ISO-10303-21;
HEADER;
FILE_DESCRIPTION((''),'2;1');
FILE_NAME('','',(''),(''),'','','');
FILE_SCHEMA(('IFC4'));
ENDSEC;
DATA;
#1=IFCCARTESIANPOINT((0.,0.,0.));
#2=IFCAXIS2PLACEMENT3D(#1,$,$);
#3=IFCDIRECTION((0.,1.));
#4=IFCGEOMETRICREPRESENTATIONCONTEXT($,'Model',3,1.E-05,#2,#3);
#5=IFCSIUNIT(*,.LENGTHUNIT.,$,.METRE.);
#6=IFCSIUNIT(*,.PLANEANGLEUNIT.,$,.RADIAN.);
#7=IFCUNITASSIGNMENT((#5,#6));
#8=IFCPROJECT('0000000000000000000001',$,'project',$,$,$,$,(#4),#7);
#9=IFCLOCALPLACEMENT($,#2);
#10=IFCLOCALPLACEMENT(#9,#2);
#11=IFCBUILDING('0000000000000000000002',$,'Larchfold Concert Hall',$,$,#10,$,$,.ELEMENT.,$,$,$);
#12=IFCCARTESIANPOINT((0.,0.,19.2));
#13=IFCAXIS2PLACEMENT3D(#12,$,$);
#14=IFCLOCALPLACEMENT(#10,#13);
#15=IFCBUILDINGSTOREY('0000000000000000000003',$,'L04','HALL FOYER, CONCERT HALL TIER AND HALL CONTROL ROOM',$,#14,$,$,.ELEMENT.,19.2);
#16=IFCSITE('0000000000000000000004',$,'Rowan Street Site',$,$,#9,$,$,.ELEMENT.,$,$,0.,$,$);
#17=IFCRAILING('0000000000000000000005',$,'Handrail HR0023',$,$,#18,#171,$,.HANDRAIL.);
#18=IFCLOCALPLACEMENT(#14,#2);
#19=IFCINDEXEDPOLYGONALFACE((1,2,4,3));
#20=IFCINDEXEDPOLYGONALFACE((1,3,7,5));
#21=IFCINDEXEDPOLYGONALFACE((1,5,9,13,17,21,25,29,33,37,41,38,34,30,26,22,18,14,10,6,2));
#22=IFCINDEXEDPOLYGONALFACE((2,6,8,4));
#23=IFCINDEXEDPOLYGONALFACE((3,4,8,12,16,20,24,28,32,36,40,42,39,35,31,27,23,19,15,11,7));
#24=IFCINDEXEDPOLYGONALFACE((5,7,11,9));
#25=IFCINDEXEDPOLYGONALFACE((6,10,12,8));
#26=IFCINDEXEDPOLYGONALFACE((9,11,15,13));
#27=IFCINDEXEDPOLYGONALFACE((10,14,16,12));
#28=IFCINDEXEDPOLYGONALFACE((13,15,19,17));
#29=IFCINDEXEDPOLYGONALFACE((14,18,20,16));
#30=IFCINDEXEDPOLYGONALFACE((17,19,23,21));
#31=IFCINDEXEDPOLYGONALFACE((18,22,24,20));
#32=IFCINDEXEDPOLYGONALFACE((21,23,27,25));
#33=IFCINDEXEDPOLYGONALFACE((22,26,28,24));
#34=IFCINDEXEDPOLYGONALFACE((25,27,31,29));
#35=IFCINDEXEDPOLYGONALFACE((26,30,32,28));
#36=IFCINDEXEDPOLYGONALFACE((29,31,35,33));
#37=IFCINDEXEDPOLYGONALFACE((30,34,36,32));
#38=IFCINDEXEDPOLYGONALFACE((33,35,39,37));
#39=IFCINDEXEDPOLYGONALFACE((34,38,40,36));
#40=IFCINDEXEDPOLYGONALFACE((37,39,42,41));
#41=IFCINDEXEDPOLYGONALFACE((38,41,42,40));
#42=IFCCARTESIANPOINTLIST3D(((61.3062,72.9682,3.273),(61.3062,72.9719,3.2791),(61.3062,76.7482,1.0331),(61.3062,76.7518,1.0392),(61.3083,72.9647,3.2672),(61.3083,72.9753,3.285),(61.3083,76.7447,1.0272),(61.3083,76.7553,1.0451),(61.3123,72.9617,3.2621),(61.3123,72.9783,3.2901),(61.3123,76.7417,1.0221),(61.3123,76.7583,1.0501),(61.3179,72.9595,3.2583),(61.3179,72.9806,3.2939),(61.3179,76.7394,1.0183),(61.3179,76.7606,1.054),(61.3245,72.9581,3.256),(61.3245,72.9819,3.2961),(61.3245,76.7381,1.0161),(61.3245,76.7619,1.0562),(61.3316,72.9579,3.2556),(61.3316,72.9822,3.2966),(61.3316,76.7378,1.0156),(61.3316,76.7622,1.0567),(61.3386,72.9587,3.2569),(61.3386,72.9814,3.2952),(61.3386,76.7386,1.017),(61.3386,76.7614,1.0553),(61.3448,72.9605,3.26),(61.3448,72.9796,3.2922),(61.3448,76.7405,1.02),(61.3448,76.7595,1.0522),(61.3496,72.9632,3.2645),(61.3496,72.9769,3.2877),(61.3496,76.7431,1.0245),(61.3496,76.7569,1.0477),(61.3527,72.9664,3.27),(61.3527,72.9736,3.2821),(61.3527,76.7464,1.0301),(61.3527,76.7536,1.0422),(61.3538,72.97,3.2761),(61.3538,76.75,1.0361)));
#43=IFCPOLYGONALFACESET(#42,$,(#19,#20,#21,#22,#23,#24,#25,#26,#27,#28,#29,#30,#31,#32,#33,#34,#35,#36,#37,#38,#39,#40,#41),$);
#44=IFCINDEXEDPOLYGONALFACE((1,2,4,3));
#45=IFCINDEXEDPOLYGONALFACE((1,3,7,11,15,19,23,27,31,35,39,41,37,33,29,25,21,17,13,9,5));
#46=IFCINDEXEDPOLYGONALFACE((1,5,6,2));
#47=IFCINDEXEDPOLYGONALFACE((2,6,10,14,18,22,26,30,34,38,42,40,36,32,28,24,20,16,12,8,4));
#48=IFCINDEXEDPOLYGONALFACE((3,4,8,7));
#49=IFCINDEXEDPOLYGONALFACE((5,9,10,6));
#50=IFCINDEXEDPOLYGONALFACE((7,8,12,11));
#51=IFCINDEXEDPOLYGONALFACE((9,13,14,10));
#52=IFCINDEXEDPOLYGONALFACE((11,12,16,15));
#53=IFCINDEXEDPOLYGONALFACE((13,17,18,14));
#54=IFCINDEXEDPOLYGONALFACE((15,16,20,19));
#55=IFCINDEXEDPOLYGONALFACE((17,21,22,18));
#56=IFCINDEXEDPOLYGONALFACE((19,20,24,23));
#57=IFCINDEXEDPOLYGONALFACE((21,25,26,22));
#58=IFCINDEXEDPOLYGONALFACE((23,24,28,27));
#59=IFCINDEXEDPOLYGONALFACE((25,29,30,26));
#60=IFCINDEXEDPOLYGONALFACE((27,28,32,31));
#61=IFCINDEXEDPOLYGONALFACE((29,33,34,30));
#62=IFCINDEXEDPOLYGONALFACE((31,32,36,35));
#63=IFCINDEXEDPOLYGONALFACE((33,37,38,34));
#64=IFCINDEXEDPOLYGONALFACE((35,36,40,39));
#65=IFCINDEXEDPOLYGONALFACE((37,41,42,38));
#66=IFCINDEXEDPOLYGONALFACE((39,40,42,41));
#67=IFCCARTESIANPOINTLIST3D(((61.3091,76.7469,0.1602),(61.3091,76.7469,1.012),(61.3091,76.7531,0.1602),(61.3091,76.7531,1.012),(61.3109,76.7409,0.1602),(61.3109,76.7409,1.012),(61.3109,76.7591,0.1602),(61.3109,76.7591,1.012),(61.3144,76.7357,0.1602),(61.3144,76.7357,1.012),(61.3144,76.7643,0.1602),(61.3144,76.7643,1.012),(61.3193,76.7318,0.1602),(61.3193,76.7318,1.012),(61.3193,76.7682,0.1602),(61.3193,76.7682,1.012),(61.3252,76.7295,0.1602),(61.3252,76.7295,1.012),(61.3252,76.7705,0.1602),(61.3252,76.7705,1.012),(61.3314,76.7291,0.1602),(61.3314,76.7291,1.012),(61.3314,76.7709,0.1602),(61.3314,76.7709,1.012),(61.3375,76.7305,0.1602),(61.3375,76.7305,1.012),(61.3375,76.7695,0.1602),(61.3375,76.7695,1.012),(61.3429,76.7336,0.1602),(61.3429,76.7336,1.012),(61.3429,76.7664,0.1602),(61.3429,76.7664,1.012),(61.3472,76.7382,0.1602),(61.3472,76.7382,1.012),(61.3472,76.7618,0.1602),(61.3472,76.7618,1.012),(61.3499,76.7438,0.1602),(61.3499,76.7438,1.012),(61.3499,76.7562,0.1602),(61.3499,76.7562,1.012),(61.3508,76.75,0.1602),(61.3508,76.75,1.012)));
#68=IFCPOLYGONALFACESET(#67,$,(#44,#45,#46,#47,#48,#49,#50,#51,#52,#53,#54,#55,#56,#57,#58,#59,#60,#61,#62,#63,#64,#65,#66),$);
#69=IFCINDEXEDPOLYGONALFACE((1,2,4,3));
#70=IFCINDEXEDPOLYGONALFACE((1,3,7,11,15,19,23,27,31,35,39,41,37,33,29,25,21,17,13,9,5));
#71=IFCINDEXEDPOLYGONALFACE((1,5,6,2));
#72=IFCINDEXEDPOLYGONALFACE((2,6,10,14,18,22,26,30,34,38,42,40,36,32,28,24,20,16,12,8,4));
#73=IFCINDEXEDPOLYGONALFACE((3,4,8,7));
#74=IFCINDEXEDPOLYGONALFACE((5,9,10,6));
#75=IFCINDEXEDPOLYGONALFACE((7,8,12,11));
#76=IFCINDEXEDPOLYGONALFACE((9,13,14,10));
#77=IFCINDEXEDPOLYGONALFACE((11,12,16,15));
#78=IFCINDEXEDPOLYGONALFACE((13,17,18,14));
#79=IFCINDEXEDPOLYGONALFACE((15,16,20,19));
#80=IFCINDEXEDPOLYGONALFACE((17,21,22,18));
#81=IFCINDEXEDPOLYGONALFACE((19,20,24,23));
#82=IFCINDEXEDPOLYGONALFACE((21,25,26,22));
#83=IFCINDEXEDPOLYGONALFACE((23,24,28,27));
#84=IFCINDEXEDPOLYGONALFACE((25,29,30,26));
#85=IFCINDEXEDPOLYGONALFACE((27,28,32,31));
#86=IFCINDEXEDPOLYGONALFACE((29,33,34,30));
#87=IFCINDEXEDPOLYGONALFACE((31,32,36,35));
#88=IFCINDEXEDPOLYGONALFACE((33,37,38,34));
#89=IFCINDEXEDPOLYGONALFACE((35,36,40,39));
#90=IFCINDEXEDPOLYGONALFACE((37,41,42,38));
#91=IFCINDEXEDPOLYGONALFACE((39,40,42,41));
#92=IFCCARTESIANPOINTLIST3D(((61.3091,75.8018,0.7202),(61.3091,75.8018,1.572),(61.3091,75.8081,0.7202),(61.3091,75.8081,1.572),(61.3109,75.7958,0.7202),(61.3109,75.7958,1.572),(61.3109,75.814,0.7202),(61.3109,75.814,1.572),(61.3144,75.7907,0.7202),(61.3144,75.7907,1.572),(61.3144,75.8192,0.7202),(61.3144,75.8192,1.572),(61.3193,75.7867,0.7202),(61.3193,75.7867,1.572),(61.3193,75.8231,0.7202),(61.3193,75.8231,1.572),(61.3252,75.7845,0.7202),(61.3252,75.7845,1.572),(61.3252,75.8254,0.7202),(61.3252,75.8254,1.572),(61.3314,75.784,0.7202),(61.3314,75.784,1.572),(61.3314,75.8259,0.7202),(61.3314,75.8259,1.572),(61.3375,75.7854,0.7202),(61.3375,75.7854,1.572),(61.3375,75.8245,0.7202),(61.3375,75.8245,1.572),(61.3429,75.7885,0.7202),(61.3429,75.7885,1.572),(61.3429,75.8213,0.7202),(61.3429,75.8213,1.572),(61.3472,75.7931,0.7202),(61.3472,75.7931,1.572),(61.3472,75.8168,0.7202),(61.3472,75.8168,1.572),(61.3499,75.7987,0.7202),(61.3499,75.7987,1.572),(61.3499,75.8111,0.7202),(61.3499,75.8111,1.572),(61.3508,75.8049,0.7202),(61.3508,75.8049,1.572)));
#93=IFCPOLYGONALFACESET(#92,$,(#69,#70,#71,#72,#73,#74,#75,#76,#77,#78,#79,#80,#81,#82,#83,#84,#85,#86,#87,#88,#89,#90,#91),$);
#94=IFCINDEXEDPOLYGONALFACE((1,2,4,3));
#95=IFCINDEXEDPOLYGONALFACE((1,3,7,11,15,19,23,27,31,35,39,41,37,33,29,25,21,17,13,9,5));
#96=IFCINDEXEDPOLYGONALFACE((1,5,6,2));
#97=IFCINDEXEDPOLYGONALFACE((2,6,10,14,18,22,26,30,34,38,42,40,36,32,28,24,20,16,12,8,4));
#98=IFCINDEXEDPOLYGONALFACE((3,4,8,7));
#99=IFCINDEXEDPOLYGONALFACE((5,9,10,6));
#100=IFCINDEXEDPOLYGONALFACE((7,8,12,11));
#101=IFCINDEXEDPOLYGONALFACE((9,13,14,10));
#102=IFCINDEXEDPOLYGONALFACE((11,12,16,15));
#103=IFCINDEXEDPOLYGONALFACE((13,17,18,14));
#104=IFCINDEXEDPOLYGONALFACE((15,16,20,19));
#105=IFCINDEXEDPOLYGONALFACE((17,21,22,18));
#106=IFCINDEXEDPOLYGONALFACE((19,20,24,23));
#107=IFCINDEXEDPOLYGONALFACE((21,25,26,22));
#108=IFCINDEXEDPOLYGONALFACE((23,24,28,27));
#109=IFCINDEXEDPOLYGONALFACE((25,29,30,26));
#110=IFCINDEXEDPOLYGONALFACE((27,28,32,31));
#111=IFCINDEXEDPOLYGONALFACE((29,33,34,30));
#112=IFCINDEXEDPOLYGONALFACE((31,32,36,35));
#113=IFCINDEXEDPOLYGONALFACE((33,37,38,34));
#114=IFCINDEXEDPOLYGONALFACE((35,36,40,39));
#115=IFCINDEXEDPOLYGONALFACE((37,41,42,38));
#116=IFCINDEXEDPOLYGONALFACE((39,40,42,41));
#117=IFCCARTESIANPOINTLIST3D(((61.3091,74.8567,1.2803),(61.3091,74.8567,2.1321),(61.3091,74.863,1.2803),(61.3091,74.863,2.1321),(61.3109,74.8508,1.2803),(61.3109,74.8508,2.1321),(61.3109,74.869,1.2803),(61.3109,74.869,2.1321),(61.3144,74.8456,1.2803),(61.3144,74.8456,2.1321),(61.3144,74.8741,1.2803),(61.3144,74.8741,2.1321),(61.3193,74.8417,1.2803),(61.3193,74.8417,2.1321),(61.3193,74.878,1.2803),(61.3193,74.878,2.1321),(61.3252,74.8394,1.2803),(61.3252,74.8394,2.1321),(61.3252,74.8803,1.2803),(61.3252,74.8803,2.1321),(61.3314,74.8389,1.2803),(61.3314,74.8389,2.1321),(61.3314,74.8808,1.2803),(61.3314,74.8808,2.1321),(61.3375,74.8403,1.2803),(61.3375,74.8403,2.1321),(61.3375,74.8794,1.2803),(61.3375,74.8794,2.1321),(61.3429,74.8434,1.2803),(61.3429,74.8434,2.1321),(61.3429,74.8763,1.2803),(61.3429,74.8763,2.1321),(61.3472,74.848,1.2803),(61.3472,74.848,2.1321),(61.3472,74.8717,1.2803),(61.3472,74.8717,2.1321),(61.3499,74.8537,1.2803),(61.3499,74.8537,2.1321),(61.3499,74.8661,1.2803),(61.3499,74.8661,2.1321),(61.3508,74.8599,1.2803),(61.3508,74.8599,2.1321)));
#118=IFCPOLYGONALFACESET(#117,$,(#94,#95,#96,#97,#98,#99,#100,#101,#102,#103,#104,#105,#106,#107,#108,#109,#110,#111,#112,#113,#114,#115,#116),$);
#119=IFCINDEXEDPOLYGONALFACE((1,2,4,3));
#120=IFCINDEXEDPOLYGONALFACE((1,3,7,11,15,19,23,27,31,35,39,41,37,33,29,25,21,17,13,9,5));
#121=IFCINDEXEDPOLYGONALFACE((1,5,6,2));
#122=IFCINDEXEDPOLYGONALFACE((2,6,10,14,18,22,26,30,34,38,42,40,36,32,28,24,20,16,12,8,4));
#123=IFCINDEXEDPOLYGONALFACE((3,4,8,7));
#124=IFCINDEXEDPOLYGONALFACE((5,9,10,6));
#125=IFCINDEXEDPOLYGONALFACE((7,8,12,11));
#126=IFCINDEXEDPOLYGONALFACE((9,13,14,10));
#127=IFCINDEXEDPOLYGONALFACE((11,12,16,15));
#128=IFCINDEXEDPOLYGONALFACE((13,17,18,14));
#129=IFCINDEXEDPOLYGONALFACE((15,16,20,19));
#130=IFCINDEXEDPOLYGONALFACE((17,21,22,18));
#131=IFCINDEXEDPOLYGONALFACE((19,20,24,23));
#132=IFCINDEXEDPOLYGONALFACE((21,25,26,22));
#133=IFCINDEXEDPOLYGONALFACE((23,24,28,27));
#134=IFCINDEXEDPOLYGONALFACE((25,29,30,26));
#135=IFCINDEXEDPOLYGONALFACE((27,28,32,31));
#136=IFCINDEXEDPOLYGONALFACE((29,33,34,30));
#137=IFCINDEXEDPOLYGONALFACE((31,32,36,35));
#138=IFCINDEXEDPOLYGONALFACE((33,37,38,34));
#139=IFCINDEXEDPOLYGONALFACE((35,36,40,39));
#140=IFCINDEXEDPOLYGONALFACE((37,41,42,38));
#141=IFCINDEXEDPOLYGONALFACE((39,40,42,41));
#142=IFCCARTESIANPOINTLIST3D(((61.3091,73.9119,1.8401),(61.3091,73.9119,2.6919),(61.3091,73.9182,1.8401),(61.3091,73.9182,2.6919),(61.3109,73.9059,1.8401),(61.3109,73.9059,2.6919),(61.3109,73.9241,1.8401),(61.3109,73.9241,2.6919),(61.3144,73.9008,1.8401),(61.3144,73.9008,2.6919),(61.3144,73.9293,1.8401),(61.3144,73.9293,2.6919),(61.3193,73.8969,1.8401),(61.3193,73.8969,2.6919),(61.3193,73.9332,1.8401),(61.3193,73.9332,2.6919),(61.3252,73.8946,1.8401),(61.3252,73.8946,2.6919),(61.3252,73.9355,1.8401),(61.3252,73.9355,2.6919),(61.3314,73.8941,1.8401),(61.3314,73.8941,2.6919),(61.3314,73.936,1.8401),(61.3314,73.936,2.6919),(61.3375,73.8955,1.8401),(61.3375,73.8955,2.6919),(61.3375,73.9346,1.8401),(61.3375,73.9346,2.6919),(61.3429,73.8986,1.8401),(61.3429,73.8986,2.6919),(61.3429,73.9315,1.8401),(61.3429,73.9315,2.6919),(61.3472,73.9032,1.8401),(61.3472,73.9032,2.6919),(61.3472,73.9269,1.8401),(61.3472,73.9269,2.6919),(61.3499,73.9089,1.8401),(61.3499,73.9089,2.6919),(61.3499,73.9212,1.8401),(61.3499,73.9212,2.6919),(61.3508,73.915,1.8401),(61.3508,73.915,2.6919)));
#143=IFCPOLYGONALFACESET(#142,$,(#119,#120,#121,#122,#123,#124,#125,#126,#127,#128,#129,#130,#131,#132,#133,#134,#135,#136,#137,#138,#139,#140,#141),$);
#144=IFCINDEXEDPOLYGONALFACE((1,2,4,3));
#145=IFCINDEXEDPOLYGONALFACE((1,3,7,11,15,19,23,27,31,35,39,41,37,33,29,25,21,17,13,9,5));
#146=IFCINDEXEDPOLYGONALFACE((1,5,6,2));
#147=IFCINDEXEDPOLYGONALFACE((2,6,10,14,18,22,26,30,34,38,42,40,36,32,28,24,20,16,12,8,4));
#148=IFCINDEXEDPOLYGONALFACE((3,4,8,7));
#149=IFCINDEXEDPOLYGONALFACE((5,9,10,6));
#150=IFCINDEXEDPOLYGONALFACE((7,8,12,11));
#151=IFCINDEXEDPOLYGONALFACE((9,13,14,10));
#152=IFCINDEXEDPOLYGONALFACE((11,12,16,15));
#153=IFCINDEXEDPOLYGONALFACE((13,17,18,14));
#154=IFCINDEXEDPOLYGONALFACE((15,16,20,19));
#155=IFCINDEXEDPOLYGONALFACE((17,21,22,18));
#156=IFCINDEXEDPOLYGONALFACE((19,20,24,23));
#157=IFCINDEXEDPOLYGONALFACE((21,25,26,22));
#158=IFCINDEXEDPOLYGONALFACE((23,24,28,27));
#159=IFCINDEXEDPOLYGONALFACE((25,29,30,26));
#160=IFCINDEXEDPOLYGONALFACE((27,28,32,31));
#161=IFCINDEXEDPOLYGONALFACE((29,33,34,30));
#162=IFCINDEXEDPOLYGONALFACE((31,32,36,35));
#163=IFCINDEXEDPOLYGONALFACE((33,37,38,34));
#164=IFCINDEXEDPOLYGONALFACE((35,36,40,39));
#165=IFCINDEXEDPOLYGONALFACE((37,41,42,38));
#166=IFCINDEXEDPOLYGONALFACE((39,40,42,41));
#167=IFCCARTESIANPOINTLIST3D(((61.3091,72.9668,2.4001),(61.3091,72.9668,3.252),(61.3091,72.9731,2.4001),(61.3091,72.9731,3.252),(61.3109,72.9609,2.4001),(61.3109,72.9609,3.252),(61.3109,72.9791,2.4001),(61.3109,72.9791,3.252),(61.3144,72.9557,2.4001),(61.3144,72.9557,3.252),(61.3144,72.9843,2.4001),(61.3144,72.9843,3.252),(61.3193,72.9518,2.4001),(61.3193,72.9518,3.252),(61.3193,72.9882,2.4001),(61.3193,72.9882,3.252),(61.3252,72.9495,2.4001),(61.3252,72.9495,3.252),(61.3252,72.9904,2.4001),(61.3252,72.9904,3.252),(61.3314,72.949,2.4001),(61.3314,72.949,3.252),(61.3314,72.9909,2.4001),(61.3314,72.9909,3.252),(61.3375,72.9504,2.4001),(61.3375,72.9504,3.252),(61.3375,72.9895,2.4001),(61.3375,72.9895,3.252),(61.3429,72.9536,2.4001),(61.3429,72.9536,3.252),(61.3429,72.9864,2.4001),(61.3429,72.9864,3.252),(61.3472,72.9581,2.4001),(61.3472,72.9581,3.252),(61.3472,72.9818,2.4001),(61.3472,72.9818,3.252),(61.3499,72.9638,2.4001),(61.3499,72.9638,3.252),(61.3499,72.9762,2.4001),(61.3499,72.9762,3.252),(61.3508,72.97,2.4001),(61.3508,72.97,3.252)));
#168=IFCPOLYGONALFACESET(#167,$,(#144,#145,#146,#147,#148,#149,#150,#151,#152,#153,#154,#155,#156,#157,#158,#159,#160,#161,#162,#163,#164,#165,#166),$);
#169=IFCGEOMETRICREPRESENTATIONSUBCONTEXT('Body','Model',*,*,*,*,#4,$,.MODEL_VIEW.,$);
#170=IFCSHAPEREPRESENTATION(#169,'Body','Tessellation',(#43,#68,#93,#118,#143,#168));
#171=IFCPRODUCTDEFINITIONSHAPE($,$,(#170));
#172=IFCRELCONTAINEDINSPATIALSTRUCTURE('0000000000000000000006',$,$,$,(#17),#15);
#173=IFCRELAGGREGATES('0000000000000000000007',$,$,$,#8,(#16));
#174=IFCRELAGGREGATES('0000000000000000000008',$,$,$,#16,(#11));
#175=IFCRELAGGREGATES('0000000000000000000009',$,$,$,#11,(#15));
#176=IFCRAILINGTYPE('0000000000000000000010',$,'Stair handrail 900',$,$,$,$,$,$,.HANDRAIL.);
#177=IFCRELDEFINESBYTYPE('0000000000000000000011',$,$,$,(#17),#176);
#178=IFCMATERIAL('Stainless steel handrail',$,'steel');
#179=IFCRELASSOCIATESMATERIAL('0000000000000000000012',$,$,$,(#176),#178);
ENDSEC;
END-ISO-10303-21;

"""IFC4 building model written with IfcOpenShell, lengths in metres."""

from ifc_helpers import new_model, si_unit, direction, frame, origin, origin_2d, place, context, subcontext, project, spatial, circle, extrude, material, type_object, element, save


model = new_model("IFC4")

# Units and contexts
model_context = context("Model", 3, precision=1e-05, world=origin(), true_north=direction((0.0, 1.0)))
body_context = subcontext(model_context, "Body", "Model", "MODEL_VIEW")
ifc_project = project(units=[si_unit("LENGTHUNIT", "METRE"), si_unit("PLANEANGLEUNIT", "RADIAN")], contexts=[model_context])

# Site, building, storey
site_placement = place(None, origin())
site = spatial("IfcSite", under=ifc_project, at=site_placement, Name="Rowan Street Site", CompositionType="ELEMENT", RefElevation=0.0)
building_placement = place(site_placement, origin())
building = spatial("IfcBuilding", under=site, at=building_placement, Name="Larchfold Concert Hall", CompositionType="ELEMENT")
storey_placement = place(building_placement, frame((0.0, 0.0, 19.2)))
storey = spatial("IfcBuildingStorey", under=building, at=storey_placement, Name="L04", Description="HALL FOYER, CONCERT HALL TIER AND HALL CONTROL ROOM", CompositionType="ELEMENT", Elevation=19.2)

# Railing
ifc_material_1 = material(Name="Stainless steel handrail", Category="steel")
railing_type_1 = type_object("IfcRailingType", Name="Stair handrail 900", PredefinedType="HANDRAIL", material=ifc_material_1)
railing_1_placement = place(storey_placement, frame((61.3298, 76.75, 0.1602)))
element("IfcRailing", 1, at=railing_1_placement, inside=storey, type_object=railing_type_1, Name="Handrail HR0023", PredefinedType="HANDRAIL", context=body_context, shape_type="SweptSolid", body=[
    extrude(circle(Radius=0.0239, at=origin_2d()), frame((0.0, 0.0, 0.876), z_axis=(0.0, -0.860294, 0.509798), x_axis=(1.0, 0.0, 0.0)), (0.0, 0.0, 1.0), 4.3938),
    extrude(circle(Radius=0.021, at=origin_2d()), origin(), (0.0, 0.0, 1.0), 0.8518),
    extrude(circle(Radius=0.021, at=origin_2d()), frame((0.0, -0.9451, 0.5601)), (0.0, 0.0, 1.0), 0.8518),
    extrude(circle(Radius=0.021, at=origin_2d()), frame((0.0, -1.8901, 1.1201)), (0.0, 0.0, 1.0), 0.8518),
    extrude(circle(Radius=0.021, at=origin_2d()), frame((0.0, -2.835, 1.6799)), (0.0, 0.0, 1.0), 0.8518),
    extrude(circle(Radius=0.021, at=origin_2d()), frame((0.0, -3.78, 2.24)), (0.0, 0.0, 1.0), 0.8518),
])

save(model, "model.ifc")
